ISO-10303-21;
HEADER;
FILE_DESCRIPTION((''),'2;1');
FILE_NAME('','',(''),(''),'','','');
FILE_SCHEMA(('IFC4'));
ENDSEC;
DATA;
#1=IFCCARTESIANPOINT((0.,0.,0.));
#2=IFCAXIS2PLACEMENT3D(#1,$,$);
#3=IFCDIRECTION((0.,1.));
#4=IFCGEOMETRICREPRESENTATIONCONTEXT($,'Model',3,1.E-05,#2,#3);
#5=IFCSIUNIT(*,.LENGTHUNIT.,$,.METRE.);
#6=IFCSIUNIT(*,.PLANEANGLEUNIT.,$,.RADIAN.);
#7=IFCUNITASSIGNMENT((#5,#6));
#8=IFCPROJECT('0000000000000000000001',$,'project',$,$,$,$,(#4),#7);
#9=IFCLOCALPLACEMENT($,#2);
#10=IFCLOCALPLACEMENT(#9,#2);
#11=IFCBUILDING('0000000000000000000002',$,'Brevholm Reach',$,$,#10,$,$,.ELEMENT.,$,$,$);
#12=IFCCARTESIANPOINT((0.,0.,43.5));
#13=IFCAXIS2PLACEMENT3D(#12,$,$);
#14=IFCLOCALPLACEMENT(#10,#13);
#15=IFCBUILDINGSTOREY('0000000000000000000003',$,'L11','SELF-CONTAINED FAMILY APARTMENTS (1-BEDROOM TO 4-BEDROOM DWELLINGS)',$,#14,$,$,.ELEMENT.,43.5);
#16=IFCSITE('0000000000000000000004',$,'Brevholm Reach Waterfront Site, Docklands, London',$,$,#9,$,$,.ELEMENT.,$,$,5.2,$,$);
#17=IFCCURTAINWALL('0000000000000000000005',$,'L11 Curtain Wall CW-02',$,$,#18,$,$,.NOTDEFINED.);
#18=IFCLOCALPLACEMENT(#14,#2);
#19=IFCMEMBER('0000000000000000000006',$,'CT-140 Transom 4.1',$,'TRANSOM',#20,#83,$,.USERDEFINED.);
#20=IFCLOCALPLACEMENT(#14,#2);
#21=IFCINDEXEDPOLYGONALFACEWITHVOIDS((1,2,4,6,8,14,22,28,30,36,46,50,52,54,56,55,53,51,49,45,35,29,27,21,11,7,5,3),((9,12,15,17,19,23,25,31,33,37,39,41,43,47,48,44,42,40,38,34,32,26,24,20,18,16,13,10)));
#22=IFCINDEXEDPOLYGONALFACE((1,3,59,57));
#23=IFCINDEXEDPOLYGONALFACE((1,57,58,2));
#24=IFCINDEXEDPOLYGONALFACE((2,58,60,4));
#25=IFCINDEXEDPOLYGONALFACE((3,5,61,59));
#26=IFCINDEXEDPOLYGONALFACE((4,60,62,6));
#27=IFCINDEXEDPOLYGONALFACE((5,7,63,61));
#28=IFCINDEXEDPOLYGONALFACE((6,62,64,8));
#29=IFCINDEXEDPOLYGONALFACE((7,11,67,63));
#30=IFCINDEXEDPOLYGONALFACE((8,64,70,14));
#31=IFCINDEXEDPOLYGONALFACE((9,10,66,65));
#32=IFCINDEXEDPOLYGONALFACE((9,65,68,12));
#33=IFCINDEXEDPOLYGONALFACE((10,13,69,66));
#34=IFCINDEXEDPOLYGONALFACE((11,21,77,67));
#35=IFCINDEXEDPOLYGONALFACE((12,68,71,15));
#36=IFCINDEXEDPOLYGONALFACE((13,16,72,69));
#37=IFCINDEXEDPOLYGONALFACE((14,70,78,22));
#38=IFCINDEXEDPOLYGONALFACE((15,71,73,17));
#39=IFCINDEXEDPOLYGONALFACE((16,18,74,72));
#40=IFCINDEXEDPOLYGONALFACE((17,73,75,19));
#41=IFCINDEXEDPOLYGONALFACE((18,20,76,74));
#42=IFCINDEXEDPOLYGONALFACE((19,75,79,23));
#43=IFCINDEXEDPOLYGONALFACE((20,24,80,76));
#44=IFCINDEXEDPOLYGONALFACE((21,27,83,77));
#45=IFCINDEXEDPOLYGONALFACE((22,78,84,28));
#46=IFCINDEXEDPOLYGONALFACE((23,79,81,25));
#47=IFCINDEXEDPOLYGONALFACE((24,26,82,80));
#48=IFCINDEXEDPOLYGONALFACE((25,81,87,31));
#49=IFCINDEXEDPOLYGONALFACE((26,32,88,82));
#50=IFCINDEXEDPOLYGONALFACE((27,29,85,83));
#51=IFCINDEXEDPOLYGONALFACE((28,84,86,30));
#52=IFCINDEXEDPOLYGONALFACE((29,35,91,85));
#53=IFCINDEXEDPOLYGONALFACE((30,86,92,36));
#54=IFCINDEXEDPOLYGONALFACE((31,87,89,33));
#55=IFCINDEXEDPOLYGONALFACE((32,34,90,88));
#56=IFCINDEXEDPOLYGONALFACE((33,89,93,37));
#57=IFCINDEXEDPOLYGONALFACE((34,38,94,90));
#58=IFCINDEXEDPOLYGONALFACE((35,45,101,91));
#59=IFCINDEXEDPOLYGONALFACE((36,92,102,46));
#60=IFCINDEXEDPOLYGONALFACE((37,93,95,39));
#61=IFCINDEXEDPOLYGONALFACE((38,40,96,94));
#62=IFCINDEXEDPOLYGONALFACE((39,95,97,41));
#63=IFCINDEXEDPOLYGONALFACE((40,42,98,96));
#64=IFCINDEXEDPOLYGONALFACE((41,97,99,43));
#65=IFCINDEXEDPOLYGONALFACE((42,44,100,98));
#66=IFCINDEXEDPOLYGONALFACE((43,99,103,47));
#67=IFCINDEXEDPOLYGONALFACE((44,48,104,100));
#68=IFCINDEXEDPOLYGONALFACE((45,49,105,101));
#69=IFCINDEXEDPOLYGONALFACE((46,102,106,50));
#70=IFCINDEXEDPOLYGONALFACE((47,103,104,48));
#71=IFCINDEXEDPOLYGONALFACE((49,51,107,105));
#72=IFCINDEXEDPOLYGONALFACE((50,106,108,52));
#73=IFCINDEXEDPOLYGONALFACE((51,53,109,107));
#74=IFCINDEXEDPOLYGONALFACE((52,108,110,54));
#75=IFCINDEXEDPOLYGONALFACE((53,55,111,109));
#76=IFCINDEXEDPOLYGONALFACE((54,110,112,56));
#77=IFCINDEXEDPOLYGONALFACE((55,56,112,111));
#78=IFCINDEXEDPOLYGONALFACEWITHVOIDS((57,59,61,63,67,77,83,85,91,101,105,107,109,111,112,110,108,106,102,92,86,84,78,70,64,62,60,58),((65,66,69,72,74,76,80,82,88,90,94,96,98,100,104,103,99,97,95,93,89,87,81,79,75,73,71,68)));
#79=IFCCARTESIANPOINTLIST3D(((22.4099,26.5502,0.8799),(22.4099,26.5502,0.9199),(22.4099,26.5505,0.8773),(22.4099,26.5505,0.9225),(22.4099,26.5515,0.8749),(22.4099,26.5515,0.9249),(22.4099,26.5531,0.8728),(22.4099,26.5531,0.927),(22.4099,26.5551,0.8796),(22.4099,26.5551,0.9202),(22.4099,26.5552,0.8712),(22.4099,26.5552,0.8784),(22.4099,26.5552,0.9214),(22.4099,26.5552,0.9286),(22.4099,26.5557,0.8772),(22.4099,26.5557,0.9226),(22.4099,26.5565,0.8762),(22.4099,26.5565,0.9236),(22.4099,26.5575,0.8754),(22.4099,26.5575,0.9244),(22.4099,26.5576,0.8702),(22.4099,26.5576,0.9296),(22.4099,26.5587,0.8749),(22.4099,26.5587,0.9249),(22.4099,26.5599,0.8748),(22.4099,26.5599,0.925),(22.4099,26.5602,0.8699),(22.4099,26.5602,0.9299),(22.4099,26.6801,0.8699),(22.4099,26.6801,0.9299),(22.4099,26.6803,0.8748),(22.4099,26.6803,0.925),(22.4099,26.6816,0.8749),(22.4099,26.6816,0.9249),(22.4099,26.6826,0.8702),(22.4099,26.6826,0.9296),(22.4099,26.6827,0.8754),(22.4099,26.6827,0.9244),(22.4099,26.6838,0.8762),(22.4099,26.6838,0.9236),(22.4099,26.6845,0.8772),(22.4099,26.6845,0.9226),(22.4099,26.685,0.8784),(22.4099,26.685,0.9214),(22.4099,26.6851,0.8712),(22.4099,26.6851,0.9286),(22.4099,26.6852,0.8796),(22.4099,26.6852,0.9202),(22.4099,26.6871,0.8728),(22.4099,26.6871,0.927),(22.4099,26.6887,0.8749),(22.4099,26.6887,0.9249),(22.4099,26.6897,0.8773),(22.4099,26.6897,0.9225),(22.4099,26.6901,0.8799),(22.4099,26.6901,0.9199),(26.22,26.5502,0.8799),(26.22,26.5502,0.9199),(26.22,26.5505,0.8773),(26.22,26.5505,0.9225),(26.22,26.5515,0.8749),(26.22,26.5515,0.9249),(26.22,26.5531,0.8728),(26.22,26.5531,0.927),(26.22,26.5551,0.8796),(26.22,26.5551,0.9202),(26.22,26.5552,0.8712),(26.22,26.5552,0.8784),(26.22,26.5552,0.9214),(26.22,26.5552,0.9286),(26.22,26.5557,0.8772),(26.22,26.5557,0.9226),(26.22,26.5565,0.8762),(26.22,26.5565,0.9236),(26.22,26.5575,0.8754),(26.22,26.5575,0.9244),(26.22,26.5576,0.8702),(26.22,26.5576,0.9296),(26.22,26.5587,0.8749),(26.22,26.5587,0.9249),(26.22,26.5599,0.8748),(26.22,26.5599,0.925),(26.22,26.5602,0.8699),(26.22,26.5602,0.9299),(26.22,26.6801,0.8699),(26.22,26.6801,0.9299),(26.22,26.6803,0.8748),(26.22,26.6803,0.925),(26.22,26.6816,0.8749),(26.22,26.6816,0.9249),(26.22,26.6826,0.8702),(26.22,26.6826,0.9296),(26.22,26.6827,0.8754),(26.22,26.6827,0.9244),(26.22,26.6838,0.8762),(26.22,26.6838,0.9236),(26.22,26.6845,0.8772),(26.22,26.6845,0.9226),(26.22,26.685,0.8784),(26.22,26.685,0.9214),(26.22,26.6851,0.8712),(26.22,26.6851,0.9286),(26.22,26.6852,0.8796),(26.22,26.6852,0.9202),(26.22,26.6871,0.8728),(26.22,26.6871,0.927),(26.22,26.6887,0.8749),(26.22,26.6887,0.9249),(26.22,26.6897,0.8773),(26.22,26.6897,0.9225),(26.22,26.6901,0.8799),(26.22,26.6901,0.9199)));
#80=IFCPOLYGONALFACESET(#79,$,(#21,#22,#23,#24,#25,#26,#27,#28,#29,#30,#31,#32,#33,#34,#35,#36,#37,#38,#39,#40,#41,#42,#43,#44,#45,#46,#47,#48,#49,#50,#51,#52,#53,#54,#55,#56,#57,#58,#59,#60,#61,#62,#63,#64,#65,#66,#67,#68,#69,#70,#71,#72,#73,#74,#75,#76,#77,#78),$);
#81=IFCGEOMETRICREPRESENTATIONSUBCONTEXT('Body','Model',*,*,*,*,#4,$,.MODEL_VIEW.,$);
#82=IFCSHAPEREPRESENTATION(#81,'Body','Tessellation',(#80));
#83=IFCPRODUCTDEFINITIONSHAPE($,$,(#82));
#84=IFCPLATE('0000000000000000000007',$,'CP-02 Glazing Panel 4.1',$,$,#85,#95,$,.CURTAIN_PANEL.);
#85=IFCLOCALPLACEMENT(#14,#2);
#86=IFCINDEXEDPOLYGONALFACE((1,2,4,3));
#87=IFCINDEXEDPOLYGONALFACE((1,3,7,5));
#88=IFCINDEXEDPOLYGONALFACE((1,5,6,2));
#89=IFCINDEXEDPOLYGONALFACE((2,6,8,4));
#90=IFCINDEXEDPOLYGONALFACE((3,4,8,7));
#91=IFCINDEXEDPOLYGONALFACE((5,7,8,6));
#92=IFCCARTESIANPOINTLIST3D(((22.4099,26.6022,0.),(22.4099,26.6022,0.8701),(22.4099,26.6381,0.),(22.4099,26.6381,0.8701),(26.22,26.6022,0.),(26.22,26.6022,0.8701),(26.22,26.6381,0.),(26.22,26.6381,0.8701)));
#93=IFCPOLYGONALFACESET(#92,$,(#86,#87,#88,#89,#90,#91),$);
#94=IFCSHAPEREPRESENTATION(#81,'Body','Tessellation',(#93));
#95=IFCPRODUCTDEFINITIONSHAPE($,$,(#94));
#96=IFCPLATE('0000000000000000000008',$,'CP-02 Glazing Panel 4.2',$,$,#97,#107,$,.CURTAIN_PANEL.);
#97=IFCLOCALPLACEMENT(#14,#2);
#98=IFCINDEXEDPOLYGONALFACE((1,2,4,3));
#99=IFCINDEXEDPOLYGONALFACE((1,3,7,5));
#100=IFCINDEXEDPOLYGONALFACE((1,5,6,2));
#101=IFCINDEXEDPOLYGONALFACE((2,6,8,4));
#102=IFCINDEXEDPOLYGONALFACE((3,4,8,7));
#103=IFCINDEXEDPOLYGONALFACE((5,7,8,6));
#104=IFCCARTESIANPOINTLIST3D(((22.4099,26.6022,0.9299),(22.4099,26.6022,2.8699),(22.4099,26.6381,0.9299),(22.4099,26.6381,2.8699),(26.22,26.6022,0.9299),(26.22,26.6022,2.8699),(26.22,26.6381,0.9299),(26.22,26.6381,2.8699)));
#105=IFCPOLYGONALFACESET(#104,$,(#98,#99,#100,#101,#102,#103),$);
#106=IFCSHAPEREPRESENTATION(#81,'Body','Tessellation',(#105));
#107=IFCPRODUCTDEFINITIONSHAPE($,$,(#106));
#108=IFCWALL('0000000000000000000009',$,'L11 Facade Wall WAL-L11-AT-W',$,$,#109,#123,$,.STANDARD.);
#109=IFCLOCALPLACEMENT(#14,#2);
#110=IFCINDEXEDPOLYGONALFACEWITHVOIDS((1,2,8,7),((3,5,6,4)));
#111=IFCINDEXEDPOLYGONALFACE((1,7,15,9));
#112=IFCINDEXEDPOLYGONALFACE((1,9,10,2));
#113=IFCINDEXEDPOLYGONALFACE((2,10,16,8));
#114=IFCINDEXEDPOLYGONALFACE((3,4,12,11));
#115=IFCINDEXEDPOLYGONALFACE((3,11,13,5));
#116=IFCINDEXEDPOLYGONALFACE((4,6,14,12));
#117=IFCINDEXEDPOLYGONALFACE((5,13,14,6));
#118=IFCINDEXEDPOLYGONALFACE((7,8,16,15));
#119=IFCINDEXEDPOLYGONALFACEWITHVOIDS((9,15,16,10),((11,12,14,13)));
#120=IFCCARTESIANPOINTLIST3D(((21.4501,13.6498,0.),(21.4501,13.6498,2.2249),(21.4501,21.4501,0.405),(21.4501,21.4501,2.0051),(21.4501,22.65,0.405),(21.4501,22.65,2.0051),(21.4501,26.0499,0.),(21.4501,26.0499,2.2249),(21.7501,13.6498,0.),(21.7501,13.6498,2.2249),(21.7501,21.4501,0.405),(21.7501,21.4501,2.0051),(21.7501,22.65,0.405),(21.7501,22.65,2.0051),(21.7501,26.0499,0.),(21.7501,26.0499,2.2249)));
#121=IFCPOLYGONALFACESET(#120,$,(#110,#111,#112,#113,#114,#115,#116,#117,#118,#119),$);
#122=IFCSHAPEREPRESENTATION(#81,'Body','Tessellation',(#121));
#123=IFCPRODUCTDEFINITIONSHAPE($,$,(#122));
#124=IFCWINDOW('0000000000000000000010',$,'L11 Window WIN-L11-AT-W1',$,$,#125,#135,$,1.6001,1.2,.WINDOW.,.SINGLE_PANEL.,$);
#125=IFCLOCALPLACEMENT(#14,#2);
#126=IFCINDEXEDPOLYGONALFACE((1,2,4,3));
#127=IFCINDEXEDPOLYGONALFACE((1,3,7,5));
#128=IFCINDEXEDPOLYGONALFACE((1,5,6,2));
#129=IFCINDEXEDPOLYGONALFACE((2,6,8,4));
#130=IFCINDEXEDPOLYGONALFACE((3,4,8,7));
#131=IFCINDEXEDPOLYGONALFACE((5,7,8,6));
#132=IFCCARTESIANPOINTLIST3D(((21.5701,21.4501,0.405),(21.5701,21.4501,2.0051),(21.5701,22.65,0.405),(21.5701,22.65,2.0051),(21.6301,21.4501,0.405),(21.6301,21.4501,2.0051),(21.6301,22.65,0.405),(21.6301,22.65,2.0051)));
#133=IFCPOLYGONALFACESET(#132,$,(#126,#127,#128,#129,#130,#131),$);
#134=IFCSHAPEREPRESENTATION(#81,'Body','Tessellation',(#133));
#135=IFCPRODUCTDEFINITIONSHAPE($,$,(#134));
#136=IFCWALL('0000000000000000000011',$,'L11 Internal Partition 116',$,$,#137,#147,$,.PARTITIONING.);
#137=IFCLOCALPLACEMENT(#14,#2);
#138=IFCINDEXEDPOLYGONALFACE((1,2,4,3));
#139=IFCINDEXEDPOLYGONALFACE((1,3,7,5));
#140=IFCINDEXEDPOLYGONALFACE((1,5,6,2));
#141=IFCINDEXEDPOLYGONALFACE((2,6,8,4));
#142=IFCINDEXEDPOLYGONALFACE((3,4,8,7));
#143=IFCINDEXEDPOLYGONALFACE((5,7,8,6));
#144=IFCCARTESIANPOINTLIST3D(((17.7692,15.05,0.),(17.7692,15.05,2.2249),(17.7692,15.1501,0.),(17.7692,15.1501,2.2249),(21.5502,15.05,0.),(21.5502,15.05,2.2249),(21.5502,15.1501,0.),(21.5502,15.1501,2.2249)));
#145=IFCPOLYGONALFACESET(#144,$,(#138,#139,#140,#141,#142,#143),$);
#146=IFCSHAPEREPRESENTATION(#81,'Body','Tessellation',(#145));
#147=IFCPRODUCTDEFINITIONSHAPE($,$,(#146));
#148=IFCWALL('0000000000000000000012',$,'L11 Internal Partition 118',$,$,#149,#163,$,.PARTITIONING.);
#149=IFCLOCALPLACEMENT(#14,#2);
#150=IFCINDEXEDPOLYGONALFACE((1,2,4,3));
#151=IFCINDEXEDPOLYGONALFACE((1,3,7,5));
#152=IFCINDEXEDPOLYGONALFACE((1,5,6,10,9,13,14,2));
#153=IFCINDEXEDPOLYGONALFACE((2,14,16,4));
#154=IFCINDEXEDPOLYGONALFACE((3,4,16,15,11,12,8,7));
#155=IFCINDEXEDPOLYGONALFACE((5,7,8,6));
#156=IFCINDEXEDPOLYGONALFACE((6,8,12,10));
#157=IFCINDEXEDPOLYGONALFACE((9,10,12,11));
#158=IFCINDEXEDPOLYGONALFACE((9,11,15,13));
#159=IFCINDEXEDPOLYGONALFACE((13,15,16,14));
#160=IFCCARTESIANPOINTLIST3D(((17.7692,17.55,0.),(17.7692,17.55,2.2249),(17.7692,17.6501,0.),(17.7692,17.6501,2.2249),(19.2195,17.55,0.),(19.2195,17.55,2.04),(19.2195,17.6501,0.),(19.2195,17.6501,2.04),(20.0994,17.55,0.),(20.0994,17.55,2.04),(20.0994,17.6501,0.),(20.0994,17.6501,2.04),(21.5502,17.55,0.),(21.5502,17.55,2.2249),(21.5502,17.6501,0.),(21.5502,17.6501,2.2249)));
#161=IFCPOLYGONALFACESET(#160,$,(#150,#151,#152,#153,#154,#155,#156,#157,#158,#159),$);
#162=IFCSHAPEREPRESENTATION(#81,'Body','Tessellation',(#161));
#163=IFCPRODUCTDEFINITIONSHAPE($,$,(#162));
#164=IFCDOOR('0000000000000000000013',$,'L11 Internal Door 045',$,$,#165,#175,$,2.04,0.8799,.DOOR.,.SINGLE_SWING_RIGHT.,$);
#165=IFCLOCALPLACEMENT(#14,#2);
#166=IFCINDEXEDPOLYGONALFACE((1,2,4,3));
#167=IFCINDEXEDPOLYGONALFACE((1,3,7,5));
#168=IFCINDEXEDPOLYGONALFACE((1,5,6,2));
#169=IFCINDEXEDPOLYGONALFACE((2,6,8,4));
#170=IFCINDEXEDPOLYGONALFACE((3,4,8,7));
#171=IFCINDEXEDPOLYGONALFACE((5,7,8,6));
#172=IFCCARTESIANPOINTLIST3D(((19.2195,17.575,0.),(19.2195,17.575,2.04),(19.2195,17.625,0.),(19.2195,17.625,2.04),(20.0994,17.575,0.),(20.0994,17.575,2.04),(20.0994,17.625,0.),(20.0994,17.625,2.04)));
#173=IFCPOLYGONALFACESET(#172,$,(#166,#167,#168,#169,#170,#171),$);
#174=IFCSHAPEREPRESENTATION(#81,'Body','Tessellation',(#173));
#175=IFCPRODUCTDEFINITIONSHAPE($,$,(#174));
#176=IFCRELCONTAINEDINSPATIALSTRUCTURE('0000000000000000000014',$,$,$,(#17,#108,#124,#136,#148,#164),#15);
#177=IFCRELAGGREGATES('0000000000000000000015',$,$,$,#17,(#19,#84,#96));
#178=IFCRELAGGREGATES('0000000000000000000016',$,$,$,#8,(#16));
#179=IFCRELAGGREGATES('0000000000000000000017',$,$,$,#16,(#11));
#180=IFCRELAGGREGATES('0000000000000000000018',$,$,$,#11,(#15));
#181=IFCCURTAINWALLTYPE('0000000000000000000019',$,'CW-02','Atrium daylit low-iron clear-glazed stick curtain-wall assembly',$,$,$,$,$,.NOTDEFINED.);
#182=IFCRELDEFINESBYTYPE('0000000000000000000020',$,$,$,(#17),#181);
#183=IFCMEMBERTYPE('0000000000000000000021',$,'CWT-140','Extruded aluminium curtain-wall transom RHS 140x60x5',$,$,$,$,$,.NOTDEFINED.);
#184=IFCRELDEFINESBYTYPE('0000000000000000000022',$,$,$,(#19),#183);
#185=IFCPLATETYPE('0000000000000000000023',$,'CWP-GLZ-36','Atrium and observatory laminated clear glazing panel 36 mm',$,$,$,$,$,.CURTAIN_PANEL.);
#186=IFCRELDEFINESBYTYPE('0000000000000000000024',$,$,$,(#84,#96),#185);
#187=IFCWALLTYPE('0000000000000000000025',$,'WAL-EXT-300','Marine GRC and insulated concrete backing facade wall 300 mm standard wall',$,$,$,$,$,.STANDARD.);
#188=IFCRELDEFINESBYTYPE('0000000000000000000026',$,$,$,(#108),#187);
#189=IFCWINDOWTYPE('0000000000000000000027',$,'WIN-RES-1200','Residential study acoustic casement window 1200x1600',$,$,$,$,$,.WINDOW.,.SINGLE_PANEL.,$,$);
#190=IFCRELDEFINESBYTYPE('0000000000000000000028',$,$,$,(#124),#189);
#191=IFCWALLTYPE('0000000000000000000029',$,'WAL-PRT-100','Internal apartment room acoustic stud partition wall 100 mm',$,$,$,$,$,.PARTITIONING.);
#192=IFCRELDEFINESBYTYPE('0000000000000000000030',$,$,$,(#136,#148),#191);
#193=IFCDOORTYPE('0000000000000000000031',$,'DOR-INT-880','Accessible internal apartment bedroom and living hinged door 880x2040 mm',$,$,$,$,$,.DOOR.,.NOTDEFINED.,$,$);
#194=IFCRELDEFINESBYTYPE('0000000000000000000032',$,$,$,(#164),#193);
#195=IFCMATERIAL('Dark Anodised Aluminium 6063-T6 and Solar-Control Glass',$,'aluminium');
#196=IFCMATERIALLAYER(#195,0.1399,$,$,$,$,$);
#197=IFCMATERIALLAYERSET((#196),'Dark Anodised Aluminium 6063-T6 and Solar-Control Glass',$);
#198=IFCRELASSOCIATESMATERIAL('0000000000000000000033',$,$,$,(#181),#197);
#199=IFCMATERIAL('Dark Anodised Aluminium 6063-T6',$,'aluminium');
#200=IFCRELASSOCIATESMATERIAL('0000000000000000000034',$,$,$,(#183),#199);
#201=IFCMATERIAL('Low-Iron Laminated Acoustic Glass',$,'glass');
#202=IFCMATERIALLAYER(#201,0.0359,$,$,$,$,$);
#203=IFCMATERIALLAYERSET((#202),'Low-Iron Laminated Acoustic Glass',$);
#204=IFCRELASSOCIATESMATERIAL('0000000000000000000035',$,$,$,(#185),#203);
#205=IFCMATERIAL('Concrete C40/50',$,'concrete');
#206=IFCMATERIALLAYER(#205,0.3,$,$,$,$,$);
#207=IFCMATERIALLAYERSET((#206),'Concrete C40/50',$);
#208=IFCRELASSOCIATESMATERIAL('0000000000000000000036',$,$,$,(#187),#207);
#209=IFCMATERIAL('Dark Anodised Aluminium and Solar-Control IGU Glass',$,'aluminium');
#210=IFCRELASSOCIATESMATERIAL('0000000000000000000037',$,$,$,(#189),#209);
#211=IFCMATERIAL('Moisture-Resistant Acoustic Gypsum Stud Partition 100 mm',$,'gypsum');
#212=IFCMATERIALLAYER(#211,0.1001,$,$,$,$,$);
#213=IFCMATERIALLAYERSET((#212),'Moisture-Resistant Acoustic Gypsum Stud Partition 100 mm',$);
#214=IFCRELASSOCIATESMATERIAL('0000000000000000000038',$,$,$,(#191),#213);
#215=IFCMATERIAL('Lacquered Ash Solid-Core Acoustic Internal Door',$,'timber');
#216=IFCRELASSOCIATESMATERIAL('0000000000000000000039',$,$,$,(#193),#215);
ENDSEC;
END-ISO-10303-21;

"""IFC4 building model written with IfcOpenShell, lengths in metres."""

from ifc_helpers import new_model, si_unit, direction, frame, frame_2d, origin, origin_2d, place, context, subcontext, project, spatial, rectangle, hollow_rectangle, extrude, material, layer, layer_set, material_profile, profile_set, type_object, element, fill, aggregate, save


model = new_model("IFC4")

# Units and contexts
model_context = context("Model", 3, precision=1e-05, world=origin(), true_north=direction((0.0, 1.0)))
body_context = subcontext(model_context, "Body", "Model", "MODEL_VIEW")
ifc_project = project(units=[si_unit("LENGTHUNIT", "METRE"), si_unit("PLANEANGLEUNIT", "RADIAN")], contexts=[model_context])

# Site, building, storey
site_placement = place(None, origin())
site = spatial("IfcSite", under=ifc_project, at=site_placement, Name="Brevholm Reach Waterfront Site, Docklands, London", CompositionType="ELEMENT", RefElevation=5.2)
building_placement = place(site_placement, origin())
building = spatial("IfcBuilding", under=site, at=building_placement, Name="Brevholm Reach", CompositionType="ELEMENT")
storey_placement = place(building_placement, frame((0.0, 0.0, 43.5)))
storey = spatial("IfcBuildingStorey", under=building, at=storey_placement, Name="L11", Description="SELF-CONTAINED FAMILY APARTMENTS (1-BEDROOM TO 4-BEDROOM DWELLINGS)", CompositionType="ELEMENT", Elevation=43.5)

# Curtain wall, member, plates
ifc_material_1 = material(Name="Dark Anodised Aluminium 6063-T6 and Solar-Control Glass", Category="aluminium")
ifc_layer_1 = layer(ifc_material_1, 0.1399)
ifc_layer_set_1 = layer_set([ifc_layer_1], Name="Dark Anodised Aluminium 6063-T6 and Solar-Control Glass")
curtain_wall_type = type_object("IfcCurtainWallType", Name="CW-02", Description="Atrium daylit low-iron clear-glazed stick curtain-wall assembly", PredefinedType="NOTDEFINED", material=ifc_layer_set_1)
curtain_wall_placement = place(storey_placement, origin())
curtain_wall = element("IfcCurtainWall", 1, at=curtain_wall_placement, inside=storey, type_object=curtain_wall_type, Name="L11 Curtain Wall CW-02", PredefinedType="NOTDEFINED")
ifc_material_2 = material(Name="Dark Anodised Aluminium 6063-T6", Category="aluminium")
ifc_material_profile_1 = material_profile(ifc_material_2, hollow_rectangle(XDim=0.0601, YDim=0.1399, WallThickness=0.0049, InnerFilletRadius=0.0049, OuterFilletRadius=0.01, at=origin_2d()), Name="RHS 140x60x5")
ifc_profile_set_1 = profile_set([ifc_material_profile_1], Name="Dark Anodised Aluminium 6063-T6")
member_type_1 = type_object("IfcMemberType", Name="CWT-140", Description="Extruded aluminium curtain-wall transom RHS 140x60x5", PredefinedType="NOTDEFINED", material=ifc_profile_set_1)
member_1_placement = place(storey_placement, frame((26.22, 26.6201, 0.8999), z_axis=(-1.0, 0.0, 0.0), x_axis=(0.0, 0.0, 1.0)))
member_1 = element("IfcMember", 2, at=member_1_placement, type_object=member_type_1, Name="CT-140 Transom 4.1", ObjectType="TRANSOM", PredefinedType="USERDEFINED", context=body_context, shape_type="SweptSolid", body=[
    extrude(hollow_rectangle(XDim=0.0601, YDim=0.1399, WallThickness=0.0049, InnerFilletRadius=0.0049, OuterFilletRadius=0.01, at=origin_2d()), origin(), (0.0, 0.0, 1.0), 3.8101),
])
ifc_material_3 = material(Name="Low-Iron Laminated Acoustic Glass", Category="glass")
ifc_layer_2 = layer(ifc_material_3, 0.0359)
ifc_layer_set_2 = layer_set([ifc_layer_2], Name="Low-Iron Laminated Acoustic Glass")
plate_type = type_object("IfcPlateType", Name="CWP-GLZ-36", Description="Atrium and observatory laminated clear glazing panel 36 mm", PredefinedType="CURTAIN_PANEL", material=ifc_layer_set_2)
plate_1_placement = place(storey_placement, frame((24.3149, 26.6201, 0.0), z_axis=(0.0, 0.0, 1.0), x_axis=(-1.0, 0.0, 0.0)))
plate_1 = element("IfcPlate", 3, at=plate_1_placement, type_object=plate_type, Name="CP-02 Glazing Panel 4.1", PredefinedType="CURTAIN_PANEL", context=body_context, shape_type="SweptSolid", body=[
    extrude(rectangle(XDim=3.8101, YDim=0.0359, at=origin_2d()), origin(), (0.0, 0.0, 1.0), 0.8701),
])
plate_2_placement = place(storey_placement, frame((24.3149, 26.6201, 0.9299), z_axis=(0.0, 0.0, 1.0), x_axis=(-1.0, 0.0, 0.0)))
plate_2 = element("IfcPlate", 4, at=plate_2_placement, type_object=plate_type, Name="CP-02 Glazing Panel 4.2", PredefinedType="CURTAIN_PANEL", context=body_context, shape_type="SweptSolid", body=[
    extrude(rectangle(XDim=3.8101, YDim=0.0359, at=origin_2d()), origin(), (0.0, 0.0, 1.0), 1.9399),
])
aggregate(curtain_wall, [member_1, plate_1, plate_2])

# Wall, opening, window
ifc_material_4 = material(Name="Concrete C40/50", Category="concrete")
ifc_layer_3 = layer(ifc_material_4, 0.3)
ifc_layer_set_3 = layer_set([ifc_layer_3], Name="Concrete C40/50")
wall_type_1 = type_object("IfcWallType", Name="WAL-EXT-300", Description="Marine GRC and insulated concrete backing facade wall 300 mm standard wall", PredefinedType="STANDARD", material=ifc_layer_set_3)
wall_1_placement = place(storey_placement, frame((21.6001, 26.05, 0.0), z_axis=(0.0, 0.0, 1.0), x_axis=(0.0, -1.0, 0.0)))
wall_1 = element("IfcWall", 5, at=wall_1_placement, inside=storey, type_object=wall_type_1, Name="L11 Facade Wall WAL-L11-AT-W", PredefinedType="STANDARD", context=body_context, shape_type="SweptSolid", body=[
    extrude(rectangle(XDim=12.4001, YDim=0.3, at=frame_2d((6.2002, 0.0))), origin(), (0.0, 0.0, 1.0), 2.2249),
])
opening_1_placement = place(wall_1_placement, frame((3.3999, 0.0, 0.405)))
opening_1 = element("IfcOpeningElement", 6, at=opening_1_placement, cuts=wall_1, PredefinedType="OPENING", context=body_context, shape_type="SweptSolid", body=[
    extrude(rectangle(XDim=1.2, YDim=1.6001, at=frame_2d((0.6001, 0.8))), frame((0.0, 0.1599, 0.0), z_axis=(0.0, -1.0, 0.0), x_axis=(1.0, 0.0, 0.0)), (0.0, 0.0, 1.0), 0.3201),
])
ifc_material_5 = material(Name="Dark Anodised Aluminium and Solar-Control IGU Glass", Category="aluminium")
window_type = type_object("IfcWindowType", Name="WIN-RES-1200", Description="Residential study acoustic casement window 1200x1600", PartitioningType="SINGLE_PANEL", PredefinedType="WINDOW", material=ifc_material_5)
window_placement = place(opening_1_placement, origin())
window = element("IfcWindow", 7, at=window_placement, inside=storey, type_object=window_type, Name="L11 Window WIN-L11-AT-W1", OverallHeight=1.6001, OverallWidth=1.2, PartitioningType="SINGLE_PANEL", PredefinedType="WINDOW", context=body_context, shape_type="SweptSolid", body=[
    extrude(rectangle(XDim=1.2, YDim=1.6001, at=frame_2d((0.6001, 0.8))), frame((0.0, 0.03, 0.0), z_axis=(0.0, -1.0, 0.0), x_axis=(1.0, 0.0, 0.0)), (0.0, 0.0, 1.0), 0.0601),
])
fill(opening_1, window)

# Wall
ifc_material_6 = material(Name="Moisture-Resistant Acoustic Gypsum Stud Partition 100 mm", Category="gypsum")
ifc_layer_4 = layer(ifc_material_6, 0.1001)
ifc_layer_set_4 = layer_set([ifc_layer_4], Name="Moisture-Resistant Acoustic Gypsum Stud Partition 100 mm")
wall_type_2 = type_object("IfcWallType", Name="WAL-PRT-100", Description="Internal apartment room acoustic stud partition wall 100 mm", PredefinedType="PARTITIONING", material=ifc_layer_set_4)
wall_2_placement = place(storey_placement, frame((17.769, 15.1001, 0.0), z_axis=(0.0, 0.0, 1.0), x_axis=(1.0, 0.0, 0.0)))
element("IfcWall", 8, at=wall_2_placement, inside=storey, type_object=wall_type_2, Name="L11 Internal Partition 116", PredefinedType="PARTITIONING", context=body_context, shape_type="SweptSolid", body=[
    extrude(rectangle(XDim=3.781, YDim=0.1001, at=frame_2d((1.8906, 0.0))), origin(), (0.0, 0.0, 1.0), 2.2249),
])

# Wall, opening, door
wall_3_placement = place(storey_placement, frame((17.769, 17.6001, 0.0), z_axis=(0.0, 0.0, 1.0), x_axis=(1.0, 0.0, 0.0)))
wall_3 = element("IfcWall", 9, at=wall_3_placement, inside=storey, type_object=wall_type_2, Name="L11 Internal Partition 118", PredefinedType="PARTITIONING", context=body_context, shape_type="SweptSolid", body=[
    extrude(rectangle(XDim=3.781, YDim=0.1001, at=frame_2d((1.8906, 0.0))), origin(), (0.0, 0.0, 1.0), 2.2249),
])
opening_2_placement = place(wall_3_placement, frame((1.4504, 0.0, 0.0)))
opening_2 = element("IfcOpeningElement", 10, at=opening_2_placement, cuts=wall_3, PredefinedType="OPENING", context=body_context, shape_type="SweptSolid", body=[
    extrude(rectangle(XDim=0.8799, YDim=2.04, at=frame_2d((0.4399, 1.02))), frame((0.0, 0.0601, 0.0), z_axis=(0.0, -1.0, 0.0), x_axis=(1.0, 0.0, 0.0)), (0.0, 0.0, 1.0), 0.1201),
])
ifc_material_7 = material(Name="Lacquered Ash Solid-Core Acoustic Internal Door", Category="timber")
door_type = type_object("IfcDoorType", Name="DOR-INT-880", Description="Accessible internal apartment bedroom and living hinged door 880x2040 mm", OperationType="NOTDEFINED", PredefinedType="DOOR", material=ifc_material_7)
door_1_placement = place(opening_2_placement, origin())
door_1 = element("IfcDoor", 11, at=door_1_placement, inside=storey, type_object=door_type, Name="L11 Internal Door 045", OperationType="SINGLE_SWING_RIGHT", OverallHeight=2.04, OverallWidth=0.8799, PredefinedType="DOOR", context=body_context, shape_type="SweptSolid", body=[
    extrude(rectangle(XDim=0.8799, YDim=2.04, at=frame_2d((0.4399, 1.02))), frame((0.0, 0.0249, 0.0), z_axis=(0.0, -1.0, 0.0), x_axis=(1.0, 0.0, 0.0)), (0.0, 0.0, 1.0), 0.05),
])
fill(opening_2, door_1)

save(model, "model.ifc")
